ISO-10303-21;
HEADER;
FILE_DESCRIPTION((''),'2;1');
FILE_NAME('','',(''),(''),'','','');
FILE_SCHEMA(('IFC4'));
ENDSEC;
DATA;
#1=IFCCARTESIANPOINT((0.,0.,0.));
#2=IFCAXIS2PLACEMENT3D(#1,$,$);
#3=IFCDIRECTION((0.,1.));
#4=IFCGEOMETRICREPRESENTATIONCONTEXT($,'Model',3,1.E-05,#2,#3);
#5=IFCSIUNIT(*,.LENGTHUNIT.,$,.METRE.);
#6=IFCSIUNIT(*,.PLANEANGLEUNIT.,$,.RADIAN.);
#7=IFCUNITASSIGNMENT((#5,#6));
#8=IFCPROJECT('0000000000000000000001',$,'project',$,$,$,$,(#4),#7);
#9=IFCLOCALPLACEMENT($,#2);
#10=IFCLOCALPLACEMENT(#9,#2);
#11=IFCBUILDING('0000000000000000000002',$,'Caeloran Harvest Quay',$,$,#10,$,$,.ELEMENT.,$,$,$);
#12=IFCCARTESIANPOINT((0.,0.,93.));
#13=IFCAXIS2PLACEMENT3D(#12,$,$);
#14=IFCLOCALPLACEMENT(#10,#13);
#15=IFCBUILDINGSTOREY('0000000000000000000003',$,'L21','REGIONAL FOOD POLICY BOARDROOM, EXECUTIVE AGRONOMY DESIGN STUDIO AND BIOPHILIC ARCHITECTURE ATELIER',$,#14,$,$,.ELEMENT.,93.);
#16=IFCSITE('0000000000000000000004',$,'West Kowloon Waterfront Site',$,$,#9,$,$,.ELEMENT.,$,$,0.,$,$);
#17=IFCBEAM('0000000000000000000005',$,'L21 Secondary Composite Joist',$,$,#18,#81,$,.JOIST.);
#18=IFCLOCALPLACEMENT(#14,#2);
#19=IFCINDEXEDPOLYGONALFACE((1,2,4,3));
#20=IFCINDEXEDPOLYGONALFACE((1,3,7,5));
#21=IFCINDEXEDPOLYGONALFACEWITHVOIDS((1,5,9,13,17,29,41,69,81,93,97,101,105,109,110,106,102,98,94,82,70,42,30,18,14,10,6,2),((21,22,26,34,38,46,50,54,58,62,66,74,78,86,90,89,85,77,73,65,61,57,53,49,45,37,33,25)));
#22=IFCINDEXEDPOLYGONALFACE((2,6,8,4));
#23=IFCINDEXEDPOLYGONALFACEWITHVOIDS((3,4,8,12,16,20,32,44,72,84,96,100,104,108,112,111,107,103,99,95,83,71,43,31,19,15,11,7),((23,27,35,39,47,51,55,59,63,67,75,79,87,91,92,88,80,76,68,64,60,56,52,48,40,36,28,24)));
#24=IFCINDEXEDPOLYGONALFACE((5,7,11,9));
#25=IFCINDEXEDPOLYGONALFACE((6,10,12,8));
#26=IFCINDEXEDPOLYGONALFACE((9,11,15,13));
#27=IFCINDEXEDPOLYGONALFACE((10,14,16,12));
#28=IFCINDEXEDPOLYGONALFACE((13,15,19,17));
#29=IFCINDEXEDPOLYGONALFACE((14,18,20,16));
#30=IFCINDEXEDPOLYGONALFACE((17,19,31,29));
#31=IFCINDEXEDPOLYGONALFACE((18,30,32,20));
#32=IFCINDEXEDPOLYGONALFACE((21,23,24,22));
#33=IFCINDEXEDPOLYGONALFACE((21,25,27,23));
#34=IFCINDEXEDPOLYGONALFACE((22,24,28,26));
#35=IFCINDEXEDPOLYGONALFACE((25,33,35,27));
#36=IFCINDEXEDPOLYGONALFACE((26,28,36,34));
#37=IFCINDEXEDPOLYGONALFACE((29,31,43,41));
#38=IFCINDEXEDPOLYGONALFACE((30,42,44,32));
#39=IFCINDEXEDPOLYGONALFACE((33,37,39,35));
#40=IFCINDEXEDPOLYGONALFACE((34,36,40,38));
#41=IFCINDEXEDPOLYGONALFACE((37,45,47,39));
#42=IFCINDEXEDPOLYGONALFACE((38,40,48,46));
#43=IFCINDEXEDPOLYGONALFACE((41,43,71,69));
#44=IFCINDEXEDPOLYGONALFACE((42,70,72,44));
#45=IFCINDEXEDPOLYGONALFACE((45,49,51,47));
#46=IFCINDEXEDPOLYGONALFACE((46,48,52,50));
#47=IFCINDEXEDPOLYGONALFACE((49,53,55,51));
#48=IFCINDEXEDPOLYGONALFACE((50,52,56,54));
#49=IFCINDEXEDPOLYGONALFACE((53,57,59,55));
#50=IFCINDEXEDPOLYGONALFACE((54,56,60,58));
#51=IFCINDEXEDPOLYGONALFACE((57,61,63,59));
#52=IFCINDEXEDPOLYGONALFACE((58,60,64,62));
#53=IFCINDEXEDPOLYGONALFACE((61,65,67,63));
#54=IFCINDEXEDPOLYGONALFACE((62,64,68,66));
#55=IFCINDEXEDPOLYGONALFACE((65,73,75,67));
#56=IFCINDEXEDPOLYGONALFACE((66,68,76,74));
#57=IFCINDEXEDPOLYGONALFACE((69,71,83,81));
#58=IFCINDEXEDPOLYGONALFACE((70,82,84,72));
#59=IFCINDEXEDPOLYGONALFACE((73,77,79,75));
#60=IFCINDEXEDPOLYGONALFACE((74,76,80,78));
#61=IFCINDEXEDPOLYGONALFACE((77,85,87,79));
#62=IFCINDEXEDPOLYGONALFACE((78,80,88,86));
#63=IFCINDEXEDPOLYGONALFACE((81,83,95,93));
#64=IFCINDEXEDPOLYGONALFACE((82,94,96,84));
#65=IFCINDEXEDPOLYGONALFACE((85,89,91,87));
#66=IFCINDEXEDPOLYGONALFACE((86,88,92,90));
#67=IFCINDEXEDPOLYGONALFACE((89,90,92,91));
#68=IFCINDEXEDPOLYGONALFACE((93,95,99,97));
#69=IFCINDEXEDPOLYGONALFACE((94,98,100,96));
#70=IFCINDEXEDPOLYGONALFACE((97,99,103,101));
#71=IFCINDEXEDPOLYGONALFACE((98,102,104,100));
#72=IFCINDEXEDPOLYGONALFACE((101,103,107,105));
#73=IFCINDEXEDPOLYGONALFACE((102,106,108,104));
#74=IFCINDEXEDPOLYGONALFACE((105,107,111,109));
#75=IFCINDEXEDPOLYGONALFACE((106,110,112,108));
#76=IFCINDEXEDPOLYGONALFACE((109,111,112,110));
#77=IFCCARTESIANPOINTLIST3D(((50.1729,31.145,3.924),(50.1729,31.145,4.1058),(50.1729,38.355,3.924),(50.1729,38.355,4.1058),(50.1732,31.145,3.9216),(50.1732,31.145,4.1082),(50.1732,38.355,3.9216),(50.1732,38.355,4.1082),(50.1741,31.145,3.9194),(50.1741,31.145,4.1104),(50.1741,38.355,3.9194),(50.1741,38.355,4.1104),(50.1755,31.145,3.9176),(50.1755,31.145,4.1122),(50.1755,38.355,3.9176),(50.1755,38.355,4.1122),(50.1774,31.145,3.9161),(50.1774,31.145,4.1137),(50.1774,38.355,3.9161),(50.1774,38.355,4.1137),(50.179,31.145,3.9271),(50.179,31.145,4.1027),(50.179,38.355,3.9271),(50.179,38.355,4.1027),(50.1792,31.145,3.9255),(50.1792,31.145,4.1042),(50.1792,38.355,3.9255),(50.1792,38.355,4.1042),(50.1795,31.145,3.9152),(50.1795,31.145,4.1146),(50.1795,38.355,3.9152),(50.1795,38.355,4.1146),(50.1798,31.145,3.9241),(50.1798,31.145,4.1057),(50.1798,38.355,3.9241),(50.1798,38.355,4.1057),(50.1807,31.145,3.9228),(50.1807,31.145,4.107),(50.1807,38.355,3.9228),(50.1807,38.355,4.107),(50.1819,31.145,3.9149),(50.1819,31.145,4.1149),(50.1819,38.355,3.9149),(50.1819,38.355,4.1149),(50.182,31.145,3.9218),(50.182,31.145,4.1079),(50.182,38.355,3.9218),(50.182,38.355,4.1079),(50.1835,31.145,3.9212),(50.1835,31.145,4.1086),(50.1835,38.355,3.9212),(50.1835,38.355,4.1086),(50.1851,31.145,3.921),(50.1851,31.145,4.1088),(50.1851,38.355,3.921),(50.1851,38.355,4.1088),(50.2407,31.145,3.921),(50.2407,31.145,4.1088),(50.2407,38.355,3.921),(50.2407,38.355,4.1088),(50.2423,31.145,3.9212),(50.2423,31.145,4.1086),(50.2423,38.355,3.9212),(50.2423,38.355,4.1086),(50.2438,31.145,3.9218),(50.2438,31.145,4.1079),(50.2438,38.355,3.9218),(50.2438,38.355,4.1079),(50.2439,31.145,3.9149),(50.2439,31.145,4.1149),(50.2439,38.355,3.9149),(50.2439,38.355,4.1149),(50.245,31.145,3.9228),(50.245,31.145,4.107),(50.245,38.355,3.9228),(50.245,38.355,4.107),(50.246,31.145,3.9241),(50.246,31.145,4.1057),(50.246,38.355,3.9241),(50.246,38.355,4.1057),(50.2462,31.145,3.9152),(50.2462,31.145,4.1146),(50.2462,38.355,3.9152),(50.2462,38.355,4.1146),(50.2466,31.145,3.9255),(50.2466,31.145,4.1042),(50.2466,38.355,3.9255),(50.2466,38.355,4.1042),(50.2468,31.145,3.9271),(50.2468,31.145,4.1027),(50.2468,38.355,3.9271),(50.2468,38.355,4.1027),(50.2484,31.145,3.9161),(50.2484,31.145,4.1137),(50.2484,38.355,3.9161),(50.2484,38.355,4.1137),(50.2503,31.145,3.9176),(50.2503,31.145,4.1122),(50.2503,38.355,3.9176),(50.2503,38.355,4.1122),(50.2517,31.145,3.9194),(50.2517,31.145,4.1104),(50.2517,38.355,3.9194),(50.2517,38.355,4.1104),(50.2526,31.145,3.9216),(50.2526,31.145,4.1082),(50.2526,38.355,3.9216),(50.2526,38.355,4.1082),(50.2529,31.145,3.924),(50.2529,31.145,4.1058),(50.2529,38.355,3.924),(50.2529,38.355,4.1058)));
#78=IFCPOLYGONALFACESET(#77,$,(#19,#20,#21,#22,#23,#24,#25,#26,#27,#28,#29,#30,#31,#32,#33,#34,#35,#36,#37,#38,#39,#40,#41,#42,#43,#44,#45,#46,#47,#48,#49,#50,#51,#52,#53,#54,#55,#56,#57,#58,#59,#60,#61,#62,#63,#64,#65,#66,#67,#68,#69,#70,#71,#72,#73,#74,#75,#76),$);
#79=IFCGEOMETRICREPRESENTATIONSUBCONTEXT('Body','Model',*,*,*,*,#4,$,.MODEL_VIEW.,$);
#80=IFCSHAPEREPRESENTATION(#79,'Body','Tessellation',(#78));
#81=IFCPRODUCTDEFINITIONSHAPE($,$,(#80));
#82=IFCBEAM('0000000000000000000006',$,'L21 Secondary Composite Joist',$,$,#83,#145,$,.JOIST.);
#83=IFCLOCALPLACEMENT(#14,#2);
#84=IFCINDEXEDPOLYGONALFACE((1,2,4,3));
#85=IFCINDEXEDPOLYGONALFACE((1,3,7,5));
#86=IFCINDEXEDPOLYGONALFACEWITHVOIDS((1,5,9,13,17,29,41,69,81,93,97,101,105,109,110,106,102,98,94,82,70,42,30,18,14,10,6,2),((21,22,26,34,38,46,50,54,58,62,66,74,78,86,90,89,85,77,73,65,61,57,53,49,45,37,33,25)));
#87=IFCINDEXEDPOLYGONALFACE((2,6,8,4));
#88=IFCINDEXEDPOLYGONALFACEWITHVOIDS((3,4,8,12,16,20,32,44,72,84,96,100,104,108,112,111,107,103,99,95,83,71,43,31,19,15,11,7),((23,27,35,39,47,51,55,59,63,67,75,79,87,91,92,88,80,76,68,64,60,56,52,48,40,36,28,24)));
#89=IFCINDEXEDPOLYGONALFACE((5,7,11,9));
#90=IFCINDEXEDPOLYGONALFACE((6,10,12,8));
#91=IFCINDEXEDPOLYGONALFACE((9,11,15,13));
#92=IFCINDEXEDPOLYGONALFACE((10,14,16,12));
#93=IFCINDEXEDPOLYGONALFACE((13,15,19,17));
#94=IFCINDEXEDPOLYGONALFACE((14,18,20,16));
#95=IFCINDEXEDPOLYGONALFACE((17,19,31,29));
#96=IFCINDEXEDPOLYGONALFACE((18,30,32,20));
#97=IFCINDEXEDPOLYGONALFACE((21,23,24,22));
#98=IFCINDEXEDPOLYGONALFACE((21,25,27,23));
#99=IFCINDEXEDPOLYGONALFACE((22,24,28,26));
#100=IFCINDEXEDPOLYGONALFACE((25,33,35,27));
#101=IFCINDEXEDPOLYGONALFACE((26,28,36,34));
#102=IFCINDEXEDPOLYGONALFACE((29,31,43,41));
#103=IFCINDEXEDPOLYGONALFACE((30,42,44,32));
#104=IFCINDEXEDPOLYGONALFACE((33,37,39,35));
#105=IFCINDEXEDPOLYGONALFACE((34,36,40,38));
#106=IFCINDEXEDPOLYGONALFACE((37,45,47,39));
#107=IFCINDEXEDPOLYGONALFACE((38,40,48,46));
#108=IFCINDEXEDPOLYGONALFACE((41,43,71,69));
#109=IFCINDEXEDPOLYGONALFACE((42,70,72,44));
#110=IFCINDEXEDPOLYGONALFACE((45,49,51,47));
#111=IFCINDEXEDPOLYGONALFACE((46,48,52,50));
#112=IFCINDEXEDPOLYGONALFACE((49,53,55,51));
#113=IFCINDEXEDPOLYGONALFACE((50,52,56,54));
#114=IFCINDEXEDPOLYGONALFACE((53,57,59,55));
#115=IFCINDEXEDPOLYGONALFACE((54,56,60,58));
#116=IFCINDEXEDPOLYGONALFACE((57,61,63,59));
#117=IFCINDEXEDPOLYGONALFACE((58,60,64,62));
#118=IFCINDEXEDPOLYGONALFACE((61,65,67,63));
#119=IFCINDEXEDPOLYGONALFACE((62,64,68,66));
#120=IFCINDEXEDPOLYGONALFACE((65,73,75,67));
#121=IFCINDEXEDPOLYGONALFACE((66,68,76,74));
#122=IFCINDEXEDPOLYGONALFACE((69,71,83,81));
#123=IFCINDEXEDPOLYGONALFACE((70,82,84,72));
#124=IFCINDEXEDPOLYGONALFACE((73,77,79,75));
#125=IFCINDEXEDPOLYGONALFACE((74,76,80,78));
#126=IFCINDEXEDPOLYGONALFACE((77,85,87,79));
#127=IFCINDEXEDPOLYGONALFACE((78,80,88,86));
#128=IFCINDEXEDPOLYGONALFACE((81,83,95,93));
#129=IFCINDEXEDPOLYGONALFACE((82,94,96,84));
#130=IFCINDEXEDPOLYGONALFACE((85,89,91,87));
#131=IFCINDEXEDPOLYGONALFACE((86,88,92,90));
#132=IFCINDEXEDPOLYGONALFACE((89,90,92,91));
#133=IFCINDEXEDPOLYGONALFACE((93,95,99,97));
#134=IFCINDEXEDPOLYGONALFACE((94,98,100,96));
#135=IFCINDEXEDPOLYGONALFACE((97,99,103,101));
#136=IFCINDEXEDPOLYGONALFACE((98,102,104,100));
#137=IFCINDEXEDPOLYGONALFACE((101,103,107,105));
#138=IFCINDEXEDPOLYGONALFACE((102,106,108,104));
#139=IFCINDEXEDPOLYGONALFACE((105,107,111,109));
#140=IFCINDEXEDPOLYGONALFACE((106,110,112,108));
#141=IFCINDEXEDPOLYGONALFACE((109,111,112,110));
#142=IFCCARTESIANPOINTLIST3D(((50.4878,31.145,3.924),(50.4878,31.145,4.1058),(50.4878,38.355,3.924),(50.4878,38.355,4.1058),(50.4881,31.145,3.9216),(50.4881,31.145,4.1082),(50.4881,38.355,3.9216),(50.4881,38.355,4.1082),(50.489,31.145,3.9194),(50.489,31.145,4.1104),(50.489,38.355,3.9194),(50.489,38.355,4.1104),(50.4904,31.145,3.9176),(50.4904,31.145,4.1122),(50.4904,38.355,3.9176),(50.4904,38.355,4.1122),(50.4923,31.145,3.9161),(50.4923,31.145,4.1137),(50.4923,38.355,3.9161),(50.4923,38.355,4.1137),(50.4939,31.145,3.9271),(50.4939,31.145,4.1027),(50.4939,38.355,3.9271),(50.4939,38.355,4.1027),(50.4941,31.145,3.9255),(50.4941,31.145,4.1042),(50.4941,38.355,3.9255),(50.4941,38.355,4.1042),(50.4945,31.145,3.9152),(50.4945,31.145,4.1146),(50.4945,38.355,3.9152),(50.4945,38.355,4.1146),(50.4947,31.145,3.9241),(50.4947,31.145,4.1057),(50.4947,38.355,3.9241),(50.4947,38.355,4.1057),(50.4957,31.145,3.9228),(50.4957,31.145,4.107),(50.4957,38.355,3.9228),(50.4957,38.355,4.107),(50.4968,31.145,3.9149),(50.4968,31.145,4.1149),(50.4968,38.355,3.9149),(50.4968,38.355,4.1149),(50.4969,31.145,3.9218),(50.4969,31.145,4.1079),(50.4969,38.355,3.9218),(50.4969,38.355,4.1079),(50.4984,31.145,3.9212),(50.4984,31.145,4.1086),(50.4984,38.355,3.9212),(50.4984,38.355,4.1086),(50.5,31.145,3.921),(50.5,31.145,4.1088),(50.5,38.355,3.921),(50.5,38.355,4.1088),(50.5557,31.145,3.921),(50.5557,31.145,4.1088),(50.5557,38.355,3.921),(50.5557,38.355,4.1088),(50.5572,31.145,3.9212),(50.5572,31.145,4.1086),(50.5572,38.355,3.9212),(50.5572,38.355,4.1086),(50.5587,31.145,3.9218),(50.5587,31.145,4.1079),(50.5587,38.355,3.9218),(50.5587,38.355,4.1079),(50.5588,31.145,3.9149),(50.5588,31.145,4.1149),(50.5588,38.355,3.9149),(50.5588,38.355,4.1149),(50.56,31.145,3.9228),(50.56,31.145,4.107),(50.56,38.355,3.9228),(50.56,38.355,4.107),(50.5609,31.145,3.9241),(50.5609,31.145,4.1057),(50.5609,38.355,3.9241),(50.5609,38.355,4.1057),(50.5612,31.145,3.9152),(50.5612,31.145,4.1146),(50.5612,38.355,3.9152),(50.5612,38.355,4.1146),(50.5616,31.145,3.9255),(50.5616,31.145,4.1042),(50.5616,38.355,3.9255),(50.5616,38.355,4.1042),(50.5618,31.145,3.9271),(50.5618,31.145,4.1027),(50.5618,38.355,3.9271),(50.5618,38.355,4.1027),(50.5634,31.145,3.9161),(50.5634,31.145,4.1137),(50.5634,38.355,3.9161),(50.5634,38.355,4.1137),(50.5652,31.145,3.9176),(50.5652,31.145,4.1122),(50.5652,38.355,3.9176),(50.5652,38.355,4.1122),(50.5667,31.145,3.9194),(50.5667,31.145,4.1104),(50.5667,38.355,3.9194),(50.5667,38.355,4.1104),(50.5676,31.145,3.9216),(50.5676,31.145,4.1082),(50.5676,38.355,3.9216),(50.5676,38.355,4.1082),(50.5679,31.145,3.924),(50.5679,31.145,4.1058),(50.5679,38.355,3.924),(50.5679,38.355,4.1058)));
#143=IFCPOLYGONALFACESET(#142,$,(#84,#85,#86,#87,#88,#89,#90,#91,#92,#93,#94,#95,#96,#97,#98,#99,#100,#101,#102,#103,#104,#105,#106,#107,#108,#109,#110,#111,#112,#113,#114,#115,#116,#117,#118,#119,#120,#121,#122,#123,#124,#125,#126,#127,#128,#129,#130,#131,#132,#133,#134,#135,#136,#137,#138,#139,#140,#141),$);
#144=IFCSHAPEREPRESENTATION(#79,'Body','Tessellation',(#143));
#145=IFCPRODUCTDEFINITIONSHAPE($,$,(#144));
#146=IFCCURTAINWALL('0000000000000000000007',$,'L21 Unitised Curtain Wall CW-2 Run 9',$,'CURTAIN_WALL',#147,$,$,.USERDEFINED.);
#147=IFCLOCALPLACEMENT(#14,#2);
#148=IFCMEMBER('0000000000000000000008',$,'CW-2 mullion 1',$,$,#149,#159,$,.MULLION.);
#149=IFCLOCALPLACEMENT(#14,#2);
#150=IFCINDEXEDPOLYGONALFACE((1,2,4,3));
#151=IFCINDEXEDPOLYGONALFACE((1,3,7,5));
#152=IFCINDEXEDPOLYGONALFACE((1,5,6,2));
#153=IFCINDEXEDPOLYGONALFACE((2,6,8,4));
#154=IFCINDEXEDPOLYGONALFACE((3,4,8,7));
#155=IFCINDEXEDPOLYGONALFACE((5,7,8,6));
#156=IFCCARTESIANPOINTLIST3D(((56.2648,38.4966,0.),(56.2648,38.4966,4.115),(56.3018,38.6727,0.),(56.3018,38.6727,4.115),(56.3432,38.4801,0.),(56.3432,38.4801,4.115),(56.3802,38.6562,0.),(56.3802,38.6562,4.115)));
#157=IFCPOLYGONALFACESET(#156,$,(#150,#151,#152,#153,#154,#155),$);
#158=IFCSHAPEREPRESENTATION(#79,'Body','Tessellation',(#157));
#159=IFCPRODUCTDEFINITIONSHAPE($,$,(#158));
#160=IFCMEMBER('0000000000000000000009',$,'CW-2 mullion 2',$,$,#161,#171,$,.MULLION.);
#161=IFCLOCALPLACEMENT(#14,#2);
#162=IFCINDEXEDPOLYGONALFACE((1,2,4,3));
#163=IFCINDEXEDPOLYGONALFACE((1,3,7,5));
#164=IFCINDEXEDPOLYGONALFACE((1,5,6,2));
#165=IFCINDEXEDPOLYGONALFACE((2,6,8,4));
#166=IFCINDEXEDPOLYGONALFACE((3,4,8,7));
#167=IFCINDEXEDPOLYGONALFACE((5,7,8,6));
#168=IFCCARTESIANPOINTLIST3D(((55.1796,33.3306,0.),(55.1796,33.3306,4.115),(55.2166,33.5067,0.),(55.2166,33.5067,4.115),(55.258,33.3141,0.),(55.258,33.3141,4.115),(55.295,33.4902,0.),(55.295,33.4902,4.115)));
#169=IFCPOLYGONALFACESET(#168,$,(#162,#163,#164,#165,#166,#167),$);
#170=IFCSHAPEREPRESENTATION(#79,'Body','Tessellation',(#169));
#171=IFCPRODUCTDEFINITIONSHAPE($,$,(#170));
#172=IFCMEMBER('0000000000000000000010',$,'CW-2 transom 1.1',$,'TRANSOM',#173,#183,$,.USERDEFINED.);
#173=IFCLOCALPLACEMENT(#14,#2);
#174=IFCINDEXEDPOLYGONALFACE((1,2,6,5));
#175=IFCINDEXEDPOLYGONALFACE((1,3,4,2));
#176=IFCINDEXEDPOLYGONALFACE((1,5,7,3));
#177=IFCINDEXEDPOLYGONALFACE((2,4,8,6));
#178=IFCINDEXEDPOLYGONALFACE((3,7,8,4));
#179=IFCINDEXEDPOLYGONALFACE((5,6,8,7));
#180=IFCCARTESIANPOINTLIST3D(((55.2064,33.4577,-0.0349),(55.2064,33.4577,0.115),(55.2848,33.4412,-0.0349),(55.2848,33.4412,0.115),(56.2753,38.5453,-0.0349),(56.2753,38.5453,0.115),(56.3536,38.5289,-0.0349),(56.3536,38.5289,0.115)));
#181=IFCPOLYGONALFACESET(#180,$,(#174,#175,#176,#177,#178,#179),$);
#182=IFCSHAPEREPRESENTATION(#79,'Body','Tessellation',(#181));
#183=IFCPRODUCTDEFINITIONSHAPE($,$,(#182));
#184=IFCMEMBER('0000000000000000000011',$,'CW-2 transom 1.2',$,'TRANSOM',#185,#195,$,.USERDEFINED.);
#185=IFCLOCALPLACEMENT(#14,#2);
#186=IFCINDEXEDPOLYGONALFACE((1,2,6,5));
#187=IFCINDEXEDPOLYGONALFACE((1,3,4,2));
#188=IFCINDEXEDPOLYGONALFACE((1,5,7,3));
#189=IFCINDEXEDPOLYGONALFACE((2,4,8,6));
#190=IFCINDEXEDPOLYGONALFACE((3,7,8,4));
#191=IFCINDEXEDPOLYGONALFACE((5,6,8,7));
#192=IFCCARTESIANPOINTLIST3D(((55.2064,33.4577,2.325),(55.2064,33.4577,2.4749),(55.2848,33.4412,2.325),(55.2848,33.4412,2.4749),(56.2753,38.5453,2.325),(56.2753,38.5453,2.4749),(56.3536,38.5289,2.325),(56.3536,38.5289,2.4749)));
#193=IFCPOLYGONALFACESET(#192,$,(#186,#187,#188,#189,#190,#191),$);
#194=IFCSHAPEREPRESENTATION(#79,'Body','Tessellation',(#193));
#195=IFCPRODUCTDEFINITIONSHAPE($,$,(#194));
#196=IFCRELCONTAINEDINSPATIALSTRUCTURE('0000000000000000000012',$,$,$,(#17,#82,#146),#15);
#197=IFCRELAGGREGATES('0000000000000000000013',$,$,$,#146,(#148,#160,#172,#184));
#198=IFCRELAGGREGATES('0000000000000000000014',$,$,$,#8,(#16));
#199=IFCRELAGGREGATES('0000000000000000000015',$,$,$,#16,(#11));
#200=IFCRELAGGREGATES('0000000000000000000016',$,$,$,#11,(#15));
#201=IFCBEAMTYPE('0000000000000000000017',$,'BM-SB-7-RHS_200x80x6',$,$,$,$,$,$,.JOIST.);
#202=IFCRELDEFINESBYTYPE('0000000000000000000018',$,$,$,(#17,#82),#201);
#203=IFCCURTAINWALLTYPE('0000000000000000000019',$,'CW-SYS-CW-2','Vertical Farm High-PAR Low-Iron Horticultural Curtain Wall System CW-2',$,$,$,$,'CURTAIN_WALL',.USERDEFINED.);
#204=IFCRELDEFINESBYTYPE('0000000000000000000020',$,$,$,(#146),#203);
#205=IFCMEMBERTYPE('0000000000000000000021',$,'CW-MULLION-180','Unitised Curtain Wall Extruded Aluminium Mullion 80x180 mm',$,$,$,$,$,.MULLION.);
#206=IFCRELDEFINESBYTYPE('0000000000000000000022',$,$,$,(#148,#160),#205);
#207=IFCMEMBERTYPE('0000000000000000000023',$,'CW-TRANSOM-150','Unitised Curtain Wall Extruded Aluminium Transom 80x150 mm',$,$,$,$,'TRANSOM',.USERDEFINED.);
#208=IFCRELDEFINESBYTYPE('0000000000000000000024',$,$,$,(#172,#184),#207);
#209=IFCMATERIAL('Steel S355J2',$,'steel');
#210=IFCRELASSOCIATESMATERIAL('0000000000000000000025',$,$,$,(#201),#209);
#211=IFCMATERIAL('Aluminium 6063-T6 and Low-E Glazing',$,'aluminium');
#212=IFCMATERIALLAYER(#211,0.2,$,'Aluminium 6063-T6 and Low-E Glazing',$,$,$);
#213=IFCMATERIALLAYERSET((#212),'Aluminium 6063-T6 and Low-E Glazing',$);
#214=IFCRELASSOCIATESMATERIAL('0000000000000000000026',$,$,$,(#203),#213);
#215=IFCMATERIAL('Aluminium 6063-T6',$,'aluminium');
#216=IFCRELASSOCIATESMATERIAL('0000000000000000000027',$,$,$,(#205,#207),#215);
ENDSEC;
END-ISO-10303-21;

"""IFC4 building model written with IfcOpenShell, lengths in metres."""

from ifc_helpers import new_model, si_unit, direction, frame, origin, origin_2d, place, context, subcontext, project, spatial, rectangle, hollow_rectangle, extrude, material, layer, layer_set, material_profile, profile_set, type_object, element, aggregate, save


model = new_model("IFC4")

# Units and contexts
model_context = context("Model", 3, precision=1e-05, world=origin(), true_north=direction((0.0, 1.0)))
body_context = subcontext(model_context, "Body", "Model", "MODEL_VIEW")
ifc_project = project(units=[si_unit("LENGTHUNIT", "METRE"), si_unit("PLANEANGLEUNIT", "RADIAN")], contexts=[model_context])

# Site, building, storey
site_placement = place(None, origin())
site = spatial("IfcSite", under=ifc_project, at=site_placement, Name="West Kowloon Waterfront Site", CompositionType="ELEMENT", RefElevation=0.0)
building_placement = place(site_placement, origin())
building = spatial("IfcBuilding", under=site, at=building_placement, Name="Caeloran Harvest Quay", CompositionType="ELEMENT")
storey_placement = place(building_placement, frame((0.0, 0.0, 93.0)))
storey = spatial("IfcBuildingStorey", under=building, at=storey_placement, Name="L21", Description="REGIONAL FOOD POLICY BOARDROOM, EXECUTIVE AGRONOMY DESIGN STUDIO AND BIOPHILIC ARCHITECTURE ATELIER", CompositionType="ELEMENT", Elevation=93.0)

# Beams
ifc_material_1 = material(Name="Steel S355J2", Category="steel")
ifc_material_profile_1 = material_profile(ifc_material_1, hollow_rectangle(XDim=0.0801, YDim=0.2, WallThickness=0.0061, InnerFilletRadius=0.0061, OuterFilletRadius=0.009, at=origin_2d()), Name="RHS 200x80x6")
ifc_profile_set_1 = profile_set([ifc_material_profile_1], Name="Steel S355J2")
beam_type_1 = type_object("IfcBeamType", Name="BM-SB-7-RHS_200x80x6", PredefinedType="JOIST", material=ifc_profile_set_1)
for number, where, z_axis, x_axis, name in (
    (1, (50.2129, 31.145, 4.0149), (0.0, 1.0, 0.0), (-1.0, 0.0, 0.0), "L21 Secondary Composite Joist"),
    (2, (50.5278, 31.145, 4.0149), (0.0, 1.0, 0.0), (-1.0, 0.0, 0.0), "L21 Secondary Composite Joist"),
):
    element("IfcBeam", number, at=place(storey_placement, frame(where, z_axis=z_axis, x_axis=x_axis)), inside=storey, type_object=beam_type_1, Name=name, PredefinedType="JOIST", context=body_context, shape_type="SweptSolid", body=[
        extrude(hollow_rectangle(XDim=0.0801, YDim=0.2, WallThickness=0.0061, InnerFilletRadius=0.0061, OuterFilletRadius=0.009, at=origin_2d()), origin(), (0.0, 0.0, 1.0), 7.21),
    ])

# Curtain wall, members
ifc_material_2 = material(Name="Aluminium 6063-T6 and Low-E Glazing", Category="aluminium")
ifc_layer_1 = layer(ifc_material_2, 0.2, Name="Aluminium 6063-T6 and Low-E Glazing")
ifc_layer_set_1 = layer_set([ifc_layer_1], Name="Aluminium 6063-T6 and Low-E Glazing")
curtain_wall_type = type_object("IfcCurtainWallType", Name="CW-SYS-CW-2", Description="Vertical Farm High-PAR Low-Iron Horticultural Curtain Wall System CW-2", ElementType="CURTAIN_WALL", PredefinedType="USERDEFINED", material=ifc_layer_set_1)
curtain_wall_placement = place(storey_placement, origin())
curtain_wall = element("IfcCurtainWall", 3, at=curtain_wall_placement, inside=storey, type_object=curtain_wall_type, Name="L21 Unitised Curtain Wall CW-2 Run 9", ObjectType="CURTAIN_WALL", PredefinedType="USERDEFINED")
ifc_material_3 = material(Name="Aluminium 6063-T6", Category="aluminium")
ifc_material_profile_2 = material_profile(ifc_material_3, rectangle(XDim=0.0801, YDim=0.1799, at=origin_2d()), Name="CW-MULLION-180")
ifc_profile_set_2 = profile_set([ifc_material_profile_2], Name="Aluminium 6063-T6")
member_type_1 = type_object("IfcMemberType", Name="CW-MULLION-180", Description="Unitised Curtain Wall Extruded Aluminium Mullion 80x180 mm", PredefinedType="MULLION", material=ifc_profile_set_2)
member_1_placement = place(storey_placement, frame((56.3225, 38.5764, 0.0), z_axis=(0.0, 0.0, 1.0), x_axis=(0.97864, -0.205583, 0.0)))
member_1 = element("IfcMember", 4, at=member_1_placement, type_object=member_type_1, Name="CW-2 mullion 1", PredefinedType="MULLION", context=body_context, shape_type="SweptSolid", body=[
    extrude(rectangle(XDim=0.0801, YDim=0.1799, at=origin_2d()), origin(), (0.0, 0.0, 1.0), 4.115),
])
member_2_placement = place(storey_placement, frame((55.2373, 33.4104, 0.0), z_axis=(0.0, 0.0, 1.0), x_axis=(0.97864, -0.205583, 0.0)))
member_2 = element("IfcMember", 5, at=member_2_placement, type_object=member_type_1, Name="CW-2 mullion 2", PredefinedType="MULLION", context=body_context, shape_type="SweptSolid", body=[
    extrude(rectangle(XDim=0.0801, YDim=0.1799, at=origin_2d()), origin(), (0.0, 0.0, 1.0), 4.115),
])
ifc_material_profile_3 = material_profile(ifc_material_3, rectangle(XDim=0.0801, YDim=0.1499, at=origin_2d()), Name="CW-TRANSOM-150")
ifc_profile_set_3 = profile_set([ifc_material_profile_3], Name="Aluminium 6063-T6")
member_type_2 = type_object("IfcMemberType", Name="CW-TRANSOM-150", Description="Unitised Curtain Wall Extruded Aluminium Transom 80x150 mm", ElementType="TRANSOM", PredefinedType="USERDEFINED", material=ifc_profile_set_3)
member_3_placement = place(storey_placement, frame((56.3145, 38.5371, 0.04), z_axis=(-0.205599, -0.978636, 0.0), x_axis=(0.978636, -0.205599, 0.0)))
member_3 = element("IfcMember", 6, at=member_3_placement, type_object=member_type_2, Name="CW-2 transom 1.1", ObjectType="TRANSOM", PredefinedType="USERDEFINED", context=body_context, shape_type="SweptSolid", body=[
    extrude(rectangle(XDim=0.0801, YDim=0.1499, at=origin_2d()), origin(), (0.0, 0.0, 1.0), 5.1987),
])
member_4_placement = place(storey_placement, frame((56.3145, 38.5371, 2.3999), z_axis=(-0.205599, -0.978636, 0.0), x_axis=(0.978636, -0.205599, 0.0)))
member_4 = element("IfcMember", 7, at=member_4_placement, type_object=member_type_2, Name="CW-2 transom 1.2", ObjectType="TRANSOM", PredefinedType="USERDEFINED", context=body_context, shape_type="SweptSolid", body=[
    extrude(rectangle(XDim=0.0801, YDim=0.1499, at=origin_2d()), origin(), (0.0, 0.0, 1.0), 5.1987),
])
aggregate(curtain_wall, [member_1, member_2, member_3, member_4])

save(model, "model.ifc")
